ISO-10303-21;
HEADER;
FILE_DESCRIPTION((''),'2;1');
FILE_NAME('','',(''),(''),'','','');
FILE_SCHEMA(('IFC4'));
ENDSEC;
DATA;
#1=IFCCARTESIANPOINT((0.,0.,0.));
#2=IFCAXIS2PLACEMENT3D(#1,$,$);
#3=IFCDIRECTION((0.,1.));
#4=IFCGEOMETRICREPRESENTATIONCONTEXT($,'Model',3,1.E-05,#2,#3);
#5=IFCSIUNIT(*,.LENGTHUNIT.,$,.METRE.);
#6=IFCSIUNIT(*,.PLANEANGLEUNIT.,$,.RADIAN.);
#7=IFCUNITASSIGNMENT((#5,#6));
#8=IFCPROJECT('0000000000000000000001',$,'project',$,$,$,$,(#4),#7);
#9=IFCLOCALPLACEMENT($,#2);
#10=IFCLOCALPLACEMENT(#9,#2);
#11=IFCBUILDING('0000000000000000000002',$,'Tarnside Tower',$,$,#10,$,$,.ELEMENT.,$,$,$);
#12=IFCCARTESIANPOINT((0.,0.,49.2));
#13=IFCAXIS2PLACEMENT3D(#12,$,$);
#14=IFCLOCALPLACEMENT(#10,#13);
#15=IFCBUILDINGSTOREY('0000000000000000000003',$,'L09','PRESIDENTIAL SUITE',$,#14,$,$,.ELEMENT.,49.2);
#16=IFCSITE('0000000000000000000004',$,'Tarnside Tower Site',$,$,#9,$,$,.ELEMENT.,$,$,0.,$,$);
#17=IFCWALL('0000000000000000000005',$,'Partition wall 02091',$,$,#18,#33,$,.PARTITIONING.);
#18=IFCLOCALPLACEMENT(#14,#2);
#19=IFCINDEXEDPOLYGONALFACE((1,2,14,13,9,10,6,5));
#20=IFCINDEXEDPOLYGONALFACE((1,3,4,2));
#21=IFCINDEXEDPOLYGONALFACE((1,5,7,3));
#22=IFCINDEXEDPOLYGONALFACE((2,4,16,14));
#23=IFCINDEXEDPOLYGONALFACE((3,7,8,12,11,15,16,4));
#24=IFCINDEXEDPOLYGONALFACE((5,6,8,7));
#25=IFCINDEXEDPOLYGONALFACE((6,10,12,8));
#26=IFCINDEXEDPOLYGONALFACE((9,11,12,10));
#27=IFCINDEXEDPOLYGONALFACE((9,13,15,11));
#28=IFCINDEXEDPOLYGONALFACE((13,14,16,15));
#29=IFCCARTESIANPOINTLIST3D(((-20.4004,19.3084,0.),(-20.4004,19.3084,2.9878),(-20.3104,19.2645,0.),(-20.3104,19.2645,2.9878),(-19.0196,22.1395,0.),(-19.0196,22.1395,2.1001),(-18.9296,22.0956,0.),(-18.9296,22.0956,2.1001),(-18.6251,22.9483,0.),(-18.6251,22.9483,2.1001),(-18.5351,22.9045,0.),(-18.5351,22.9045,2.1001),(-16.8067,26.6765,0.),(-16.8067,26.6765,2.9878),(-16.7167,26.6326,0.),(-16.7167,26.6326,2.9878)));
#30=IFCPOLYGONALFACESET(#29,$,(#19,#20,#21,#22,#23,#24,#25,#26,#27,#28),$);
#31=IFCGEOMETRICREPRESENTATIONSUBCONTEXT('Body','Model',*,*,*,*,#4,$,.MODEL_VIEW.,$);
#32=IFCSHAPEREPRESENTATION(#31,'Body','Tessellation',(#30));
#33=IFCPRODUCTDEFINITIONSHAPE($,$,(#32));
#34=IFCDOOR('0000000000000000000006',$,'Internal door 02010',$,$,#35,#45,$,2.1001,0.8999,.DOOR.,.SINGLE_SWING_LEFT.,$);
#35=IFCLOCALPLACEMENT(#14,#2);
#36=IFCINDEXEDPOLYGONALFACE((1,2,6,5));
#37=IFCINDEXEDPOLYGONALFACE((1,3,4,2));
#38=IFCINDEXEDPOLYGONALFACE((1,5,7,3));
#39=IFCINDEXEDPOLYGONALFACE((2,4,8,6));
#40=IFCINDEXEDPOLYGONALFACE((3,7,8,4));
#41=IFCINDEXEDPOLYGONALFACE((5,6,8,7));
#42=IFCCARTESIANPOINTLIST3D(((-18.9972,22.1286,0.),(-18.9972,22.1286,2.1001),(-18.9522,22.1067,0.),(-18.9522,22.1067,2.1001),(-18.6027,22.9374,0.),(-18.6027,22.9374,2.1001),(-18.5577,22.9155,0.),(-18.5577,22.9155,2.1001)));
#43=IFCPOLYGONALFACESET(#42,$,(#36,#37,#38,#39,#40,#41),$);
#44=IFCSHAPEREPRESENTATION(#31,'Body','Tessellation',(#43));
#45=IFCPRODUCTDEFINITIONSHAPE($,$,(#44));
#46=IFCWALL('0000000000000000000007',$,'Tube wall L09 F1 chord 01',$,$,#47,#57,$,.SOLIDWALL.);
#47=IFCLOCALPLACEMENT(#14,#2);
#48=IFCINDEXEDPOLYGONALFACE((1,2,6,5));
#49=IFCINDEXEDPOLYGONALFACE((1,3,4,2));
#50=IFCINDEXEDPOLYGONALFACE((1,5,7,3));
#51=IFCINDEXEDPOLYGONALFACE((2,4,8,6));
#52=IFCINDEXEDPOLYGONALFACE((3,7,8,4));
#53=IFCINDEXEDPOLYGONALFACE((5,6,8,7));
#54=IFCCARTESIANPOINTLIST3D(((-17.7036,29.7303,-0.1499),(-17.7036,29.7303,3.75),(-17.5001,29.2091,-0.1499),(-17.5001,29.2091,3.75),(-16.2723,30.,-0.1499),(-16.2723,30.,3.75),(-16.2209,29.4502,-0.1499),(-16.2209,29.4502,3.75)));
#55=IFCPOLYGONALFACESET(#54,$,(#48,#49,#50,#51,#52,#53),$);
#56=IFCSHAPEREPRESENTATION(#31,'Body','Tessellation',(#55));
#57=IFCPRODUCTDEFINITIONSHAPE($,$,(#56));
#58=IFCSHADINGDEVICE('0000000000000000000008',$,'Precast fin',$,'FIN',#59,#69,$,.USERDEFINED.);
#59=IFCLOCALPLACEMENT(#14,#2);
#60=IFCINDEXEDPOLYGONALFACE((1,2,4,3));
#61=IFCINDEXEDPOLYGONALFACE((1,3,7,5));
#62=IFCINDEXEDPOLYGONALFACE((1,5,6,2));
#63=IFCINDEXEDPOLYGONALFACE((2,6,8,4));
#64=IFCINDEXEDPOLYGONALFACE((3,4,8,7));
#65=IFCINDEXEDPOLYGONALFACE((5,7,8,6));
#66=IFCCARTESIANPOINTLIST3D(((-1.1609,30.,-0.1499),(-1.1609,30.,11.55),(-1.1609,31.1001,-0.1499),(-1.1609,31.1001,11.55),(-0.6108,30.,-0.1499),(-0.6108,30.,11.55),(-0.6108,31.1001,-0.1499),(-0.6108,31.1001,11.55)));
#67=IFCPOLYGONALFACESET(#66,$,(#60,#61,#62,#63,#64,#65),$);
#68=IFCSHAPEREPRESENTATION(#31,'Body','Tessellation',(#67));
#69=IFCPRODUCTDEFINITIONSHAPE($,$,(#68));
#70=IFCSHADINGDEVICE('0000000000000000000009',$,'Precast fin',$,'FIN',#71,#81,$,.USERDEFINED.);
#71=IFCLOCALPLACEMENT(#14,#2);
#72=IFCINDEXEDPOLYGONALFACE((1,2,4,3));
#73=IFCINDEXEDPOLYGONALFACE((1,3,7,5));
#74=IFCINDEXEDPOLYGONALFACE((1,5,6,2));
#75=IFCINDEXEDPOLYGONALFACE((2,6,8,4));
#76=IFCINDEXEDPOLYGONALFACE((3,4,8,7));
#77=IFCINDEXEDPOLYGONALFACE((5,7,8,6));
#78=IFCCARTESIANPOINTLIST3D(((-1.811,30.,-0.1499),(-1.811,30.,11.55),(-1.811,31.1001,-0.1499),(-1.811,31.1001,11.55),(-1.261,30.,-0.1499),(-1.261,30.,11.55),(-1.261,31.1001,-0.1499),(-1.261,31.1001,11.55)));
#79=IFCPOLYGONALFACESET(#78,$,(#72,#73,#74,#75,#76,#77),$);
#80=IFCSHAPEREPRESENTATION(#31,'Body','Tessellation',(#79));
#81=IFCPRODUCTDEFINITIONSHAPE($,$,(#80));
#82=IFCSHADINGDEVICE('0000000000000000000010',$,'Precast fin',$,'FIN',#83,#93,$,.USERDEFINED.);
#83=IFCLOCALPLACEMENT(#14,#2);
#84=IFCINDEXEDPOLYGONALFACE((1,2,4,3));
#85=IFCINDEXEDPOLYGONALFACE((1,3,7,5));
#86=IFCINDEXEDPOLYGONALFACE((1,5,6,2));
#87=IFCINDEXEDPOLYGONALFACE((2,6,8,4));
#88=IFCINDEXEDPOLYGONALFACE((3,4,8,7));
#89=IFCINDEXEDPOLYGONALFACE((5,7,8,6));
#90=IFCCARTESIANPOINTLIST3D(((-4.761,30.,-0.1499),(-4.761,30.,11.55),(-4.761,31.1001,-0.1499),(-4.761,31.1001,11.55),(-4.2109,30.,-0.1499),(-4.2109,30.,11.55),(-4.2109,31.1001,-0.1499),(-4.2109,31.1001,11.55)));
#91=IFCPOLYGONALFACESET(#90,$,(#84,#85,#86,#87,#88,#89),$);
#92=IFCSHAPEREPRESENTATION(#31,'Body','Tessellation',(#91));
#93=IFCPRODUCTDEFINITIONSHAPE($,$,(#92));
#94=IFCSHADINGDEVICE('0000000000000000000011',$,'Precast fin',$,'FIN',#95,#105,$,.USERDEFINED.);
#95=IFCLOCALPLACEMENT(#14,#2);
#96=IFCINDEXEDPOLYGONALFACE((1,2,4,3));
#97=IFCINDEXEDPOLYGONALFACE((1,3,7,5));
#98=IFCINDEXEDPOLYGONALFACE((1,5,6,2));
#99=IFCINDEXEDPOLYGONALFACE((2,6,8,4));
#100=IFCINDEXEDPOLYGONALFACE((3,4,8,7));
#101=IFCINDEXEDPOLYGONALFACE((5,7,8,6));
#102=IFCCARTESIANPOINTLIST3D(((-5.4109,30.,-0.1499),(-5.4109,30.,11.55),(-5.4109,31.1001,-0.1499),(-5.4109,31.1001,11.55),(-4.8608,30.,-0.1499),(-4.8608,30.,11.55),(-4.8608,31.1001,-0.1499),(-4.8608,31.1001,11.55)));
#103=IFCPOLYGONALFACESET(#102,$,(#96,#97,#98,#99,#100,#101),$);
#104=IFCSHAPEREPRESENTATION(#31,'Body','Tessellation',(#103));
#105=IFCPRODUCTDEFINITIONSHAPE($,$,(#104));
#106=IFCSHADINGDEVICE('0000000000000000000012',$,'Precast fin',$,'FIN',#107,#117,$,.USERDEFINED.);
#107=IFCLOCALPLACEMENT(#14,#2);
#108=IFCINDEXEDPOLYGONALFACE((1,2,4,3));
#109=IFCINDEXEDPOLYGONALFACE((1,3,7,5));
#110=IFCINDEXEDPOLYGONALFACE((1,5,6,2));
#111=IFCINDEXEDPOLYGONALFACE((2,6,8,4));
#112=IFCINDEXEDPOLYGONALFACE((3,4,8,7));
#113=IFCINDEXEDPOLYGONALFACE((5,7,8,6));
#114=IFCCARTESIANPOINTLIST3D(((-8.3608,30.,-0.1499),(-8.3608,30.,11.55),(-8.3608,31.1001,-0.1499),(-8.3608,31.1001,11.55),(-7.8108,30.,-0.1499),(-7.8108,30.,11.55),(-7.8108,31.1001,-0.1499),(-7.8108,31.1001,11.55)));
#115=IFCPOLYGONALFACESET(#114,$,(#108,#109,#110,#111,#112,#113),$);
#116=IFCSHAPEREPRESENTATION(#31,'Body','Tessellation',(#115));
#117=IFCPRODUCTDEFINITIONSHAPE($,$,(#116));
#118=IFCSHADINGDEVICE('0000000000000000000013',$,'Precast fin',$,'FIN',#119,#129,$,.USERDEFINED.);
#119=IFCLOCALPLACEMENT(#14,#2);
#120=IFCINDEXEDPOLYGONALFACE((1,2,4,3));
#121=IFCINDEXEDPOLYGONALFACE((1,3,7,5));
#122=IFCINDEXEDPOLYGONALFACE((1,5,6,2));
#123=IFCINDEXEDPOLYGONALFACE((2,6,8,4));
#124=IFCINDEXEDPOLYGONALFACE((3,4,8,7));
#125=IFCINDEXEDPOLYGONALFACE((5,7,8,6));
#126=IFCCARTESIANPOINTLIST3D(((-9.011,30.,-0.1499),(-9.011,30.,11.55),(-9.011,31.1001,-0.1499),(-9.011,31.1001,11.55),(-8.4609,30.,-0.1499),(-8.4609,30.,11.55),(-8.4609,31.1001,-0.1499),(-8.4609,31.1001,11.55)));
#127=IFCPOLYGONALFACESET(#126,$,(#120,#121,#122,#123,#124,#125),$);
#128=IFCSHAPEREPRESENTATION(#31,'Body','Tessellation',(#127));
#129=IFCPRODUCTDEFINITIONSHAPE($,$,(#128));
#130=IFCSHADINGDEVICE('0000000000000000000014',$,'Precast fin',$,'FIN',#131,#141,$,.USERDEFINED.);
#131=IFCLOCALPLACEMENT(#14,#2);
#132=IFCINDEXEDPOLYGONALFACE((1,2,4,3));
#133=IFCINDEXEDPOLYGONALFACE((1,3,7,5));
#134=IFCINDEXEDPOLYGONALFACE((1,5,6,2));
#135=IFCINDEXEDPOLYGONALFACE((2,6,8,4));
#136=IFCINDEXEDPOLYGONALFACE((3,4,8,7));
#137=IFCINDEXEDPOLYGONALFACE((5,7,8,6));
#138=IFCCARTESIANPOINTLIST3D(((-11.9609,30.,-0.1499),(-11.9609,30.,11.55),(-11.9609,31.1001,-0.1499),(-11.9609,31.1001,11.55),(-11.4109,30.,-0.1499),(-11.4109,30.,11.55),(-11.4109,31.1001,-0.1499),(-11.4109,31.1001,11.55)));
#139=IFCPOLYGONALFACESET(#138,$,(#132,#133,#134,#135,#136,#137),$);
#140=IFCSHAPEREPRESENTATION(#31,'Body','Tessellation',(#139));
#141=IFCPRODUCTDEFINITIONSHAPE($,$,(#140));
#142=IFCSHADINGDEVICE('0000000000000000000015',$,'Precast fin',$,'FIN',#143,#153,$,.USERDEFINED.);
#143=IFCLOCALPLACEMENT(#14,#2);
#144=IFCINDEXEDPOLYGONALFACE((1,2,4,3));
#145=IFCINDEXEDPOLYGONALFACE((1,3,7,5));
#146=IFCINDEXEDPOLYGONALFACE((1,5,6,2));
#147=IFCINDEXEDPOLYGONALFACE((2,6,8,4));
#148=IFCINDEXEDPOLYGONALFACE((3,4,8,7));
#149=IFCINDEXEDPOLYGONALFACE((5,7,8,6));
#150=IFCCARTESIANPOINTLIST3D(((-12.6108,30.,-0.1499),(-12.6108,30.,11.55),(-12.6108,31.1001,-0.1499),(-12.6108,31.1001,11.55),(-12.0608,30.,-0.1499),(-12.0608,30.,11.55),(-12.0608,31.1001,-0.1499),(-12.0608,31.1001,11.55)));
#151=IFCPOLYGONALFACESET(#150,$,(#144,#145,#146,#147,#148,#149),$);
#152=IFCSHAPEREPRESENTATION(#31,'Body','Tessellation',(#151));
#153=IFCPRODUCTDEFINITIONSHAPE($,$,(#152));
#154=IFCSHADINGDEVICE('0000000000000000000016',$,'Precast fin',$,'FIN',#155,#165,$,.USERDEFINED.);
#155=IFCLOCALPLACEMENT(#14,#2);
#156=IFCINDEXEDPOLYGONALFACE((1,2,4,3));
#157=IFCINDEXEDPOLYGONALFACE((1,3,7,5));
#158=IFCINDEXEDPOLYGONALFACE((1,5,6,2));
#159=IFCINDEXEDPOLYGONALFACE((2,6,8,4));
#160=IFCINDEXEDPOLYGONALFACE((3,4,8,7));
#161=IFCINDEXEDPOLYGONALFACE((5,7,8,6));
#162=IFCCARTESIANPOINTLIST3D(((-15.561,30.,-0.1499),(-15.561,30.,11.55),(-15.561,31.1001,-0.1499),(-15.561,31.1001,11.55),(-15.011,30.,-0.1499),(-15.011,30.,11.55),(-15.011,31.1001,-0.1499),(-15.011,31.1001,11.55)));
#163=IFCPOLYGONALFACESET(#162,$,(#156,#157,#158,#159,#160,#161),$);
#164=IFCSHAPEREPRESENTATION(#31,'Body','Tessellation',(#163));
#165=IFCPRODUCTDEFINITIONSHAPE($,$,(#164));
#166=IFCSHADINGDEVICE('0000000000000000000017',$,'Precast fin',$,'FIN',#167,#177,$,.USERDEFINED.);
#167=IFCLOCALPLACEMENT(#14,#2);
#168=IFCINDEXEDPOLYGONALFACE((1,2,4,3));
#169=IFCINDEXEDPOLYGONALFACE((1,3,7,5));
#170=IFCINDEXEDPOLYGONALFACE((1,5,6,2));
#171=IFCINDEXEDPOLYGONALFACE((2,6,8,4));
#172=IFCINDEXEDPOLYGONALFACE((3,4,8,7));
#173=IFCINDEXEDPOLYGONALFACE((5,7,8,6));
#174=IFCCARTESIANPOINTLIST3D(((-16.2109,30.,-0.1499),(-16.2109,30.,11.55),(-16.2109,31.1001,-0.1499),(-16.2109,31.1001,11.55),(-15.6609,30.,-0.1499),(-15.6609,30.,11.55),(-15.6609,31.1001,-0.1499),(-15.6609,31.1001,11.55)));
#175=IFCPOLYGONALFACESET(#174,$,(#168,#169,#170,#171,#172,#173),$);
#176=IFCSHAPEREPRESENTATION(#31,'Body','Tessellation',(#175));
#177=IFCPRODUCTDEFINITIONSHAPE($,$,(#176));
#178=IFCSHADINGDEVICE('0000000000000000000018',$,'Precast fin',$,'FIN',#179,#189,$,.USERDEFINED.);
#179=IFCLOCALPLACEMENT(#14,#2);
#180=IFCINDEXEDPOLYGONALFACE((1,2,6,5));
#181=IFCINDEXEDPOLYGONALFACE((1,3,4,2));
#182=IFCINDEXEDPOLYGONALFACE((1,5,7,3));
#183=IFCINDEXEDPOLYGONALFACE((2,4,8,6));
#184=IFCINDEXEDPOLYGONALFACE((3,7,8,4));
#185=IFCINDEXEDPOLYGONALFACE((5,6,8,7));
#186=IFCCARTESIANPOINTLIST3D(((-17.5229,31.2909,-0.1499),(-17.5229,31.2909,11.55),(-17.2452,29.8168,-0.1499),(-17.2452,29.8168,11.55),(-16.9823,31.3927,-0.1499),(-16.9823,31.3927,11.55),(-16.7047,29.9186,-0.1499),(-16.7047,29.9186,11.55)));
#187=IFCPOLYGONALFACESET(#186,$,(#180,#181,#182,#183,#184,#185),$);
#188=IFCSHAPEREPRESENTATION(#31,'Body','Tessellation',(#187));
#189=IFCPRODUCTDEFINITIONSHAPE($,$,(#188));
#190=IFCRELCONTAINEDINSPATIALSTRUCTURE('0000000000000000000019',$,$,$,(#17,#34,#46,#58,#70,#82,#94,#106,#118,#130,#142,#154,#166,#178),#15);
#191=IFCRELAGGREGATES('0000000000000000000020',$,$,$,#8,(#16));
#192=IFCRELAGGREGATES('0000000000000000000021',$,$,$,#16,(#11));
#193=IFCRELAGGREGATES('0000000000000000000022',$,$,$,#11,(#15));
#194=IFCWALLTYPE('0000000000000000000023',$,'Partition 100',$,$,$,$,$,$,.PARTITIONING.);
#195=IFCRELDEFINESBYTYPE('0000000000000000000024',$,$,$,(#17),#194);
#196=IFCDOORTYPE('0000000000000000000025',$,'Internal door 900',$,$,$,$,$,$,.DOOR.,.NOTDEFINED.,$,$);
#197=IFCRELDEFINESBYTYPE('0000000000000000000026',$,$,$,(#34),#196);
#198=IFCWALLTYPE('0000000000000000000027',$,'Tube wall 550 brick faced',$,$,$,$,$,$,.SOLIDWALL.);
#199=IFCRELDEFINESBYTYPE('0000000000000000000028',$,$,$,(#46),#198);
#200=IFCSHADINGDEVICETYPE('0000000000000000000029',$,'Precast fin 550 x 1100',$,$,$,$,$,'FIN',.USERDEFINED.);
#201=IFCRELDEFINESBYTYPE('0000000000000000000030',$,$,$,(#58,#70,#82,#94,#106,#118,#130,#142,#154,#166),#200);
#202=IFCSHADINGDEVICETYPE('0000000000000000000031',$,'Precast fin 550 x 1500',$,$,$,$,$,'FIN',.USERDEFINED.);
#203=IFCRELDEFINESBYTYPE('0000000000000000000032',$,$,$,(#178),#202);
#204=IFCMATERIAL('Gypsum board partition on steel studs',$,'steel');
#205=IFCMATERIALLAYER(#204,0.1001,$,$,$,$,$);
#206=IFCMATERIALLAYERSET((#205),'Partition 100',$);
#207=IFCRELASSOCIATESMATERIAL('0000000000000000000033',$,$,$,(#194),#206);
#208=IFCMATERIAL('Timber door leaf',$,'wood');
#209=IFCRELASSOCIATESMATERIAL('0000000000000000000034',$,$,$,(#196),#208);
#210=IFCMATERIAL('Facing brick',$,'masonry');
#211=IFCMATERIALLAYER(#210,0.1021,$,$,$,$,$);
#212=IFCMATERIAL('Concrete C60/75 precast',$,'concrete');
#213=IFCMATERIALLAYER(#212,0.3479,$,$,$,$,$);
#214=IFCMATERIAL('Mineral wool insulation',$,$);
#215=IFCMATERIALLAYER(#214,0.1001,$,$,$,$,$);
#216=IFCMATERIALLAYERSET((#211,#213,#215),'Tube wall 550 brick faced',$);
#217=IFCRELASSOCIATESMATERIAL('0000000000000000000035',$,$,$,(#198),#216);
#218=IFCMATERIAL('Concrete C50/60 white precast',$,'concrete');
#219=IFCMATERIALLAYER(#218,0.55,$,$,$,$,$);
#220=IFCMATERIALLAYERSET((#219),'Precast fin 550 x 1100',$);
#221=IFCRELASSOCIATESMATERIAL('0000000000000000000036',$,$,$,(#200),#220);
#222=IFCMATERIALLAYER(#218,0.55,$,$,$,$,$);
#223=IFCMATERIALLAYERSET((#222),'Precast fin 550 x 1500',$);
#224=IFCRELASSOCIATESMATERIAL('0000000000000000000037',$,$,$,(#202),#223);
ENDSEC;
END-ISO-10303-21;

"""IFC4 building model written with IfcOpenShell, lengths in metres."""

from ifc_helpers import new_model, si_unit, direction, frame, frame_2d, origin, place, context, subcontext, project, spatial, polyline, rectangle, outline, extrude, material, layer, layer_set, type_object, element, fill, save


model = new_model("IFC4")

# Units and contexts
model_context = context("Model", 3, precision=1e-05, world=origin(), true_north=direction((0.0, 1.0)))
body_context = subcontext(model_context, "Body", "Model", "MODEL_VIEW")
ifc_project = project(units=[si_unit("LENGTHUNIT", "METRE"), si_unit("PLANEANGLEUNIT", "RADIAN")], contexts=[model_context])

# Site, building, storey
site_placement = place(None, origin())
site = spatial("IfcSite", under=ifc_project, at=site_placement, Name="Tarnside Tower Site", CompositionType="ELEMENT", RefElevation=0.0)
building_placement = place(site_placement, origin())
building = spatial("IfcBuilding", under=site, at=building_placement, Name="Tarnside Tower", CompositionType="ELEMENT")
storey_placement = place(building_placement, frame((0.0, 0.0, 49.2)))
storey = spatial("IfcBuildingStorey", under=building, at=storey_placement, Name="L09", Description="PRESIDENTIAL SUITE", CompositionType="ELEMENT", Elevation=49.2)

# Shared definitions
ifc_material_1 = material(Name="Gypsum board partition on steel studs", Category="steel")

# Shared definitions
ifc_material_2 = material(Name="Timber door leaf", Category="wood")

# Shared definitions
ifc_layer_1 = layer(ifc_material_1, 0.1001)
ifc_layer_set_1 = layer_set([ifc_layer_1], Name="Partition 100")
wall_type_1 = type_object("IfcWallType", Name="Partition 100", PredefinedType="PARTITIONING", material=ifc_layer_set_1)

# Shared definitions
door_type_1 = type_object("IfcDoorType", Name="Internal door 900", OperationType="NOTDEFINED", PredefinedType="DOOR", material=ifc_material_2)

# Wall, opening, door
wall_1_placement = place(storey_placement, frame((-16.7617, 26.6545, 0.0), z_axis=(0.0, 0.0, 1.0), x_axis=(-0.438377, -0.898791, 0.0)))
wall_1 = element("IfcWall", 1, at=wall_1_placement, inside=storey, type_object=wall_type_1, Name="Partition wall 02091", PredefinedType="PARTITIONING", context=body_context, shape_type="SweptSolid", body=[
    extrude(rectangle(XDim=8.1978, YDim=0.1001, at=frame_2d((4.0989, 0.0))), origin(), (0.0, 0.0, 1.0), 2.9878),
])
opening_1_placement = place(wall_1_placement, frame((4.1479, 0.0, 0.0)))
opening_1 = element("IfcOpeningElement", 2, at=opening_1_placement, cuts=wall_1, PredefinedType="OPENING", context=body_context, shape_type="SweptSolid", body=[
    extrude(rectangle(XDim=0.8999, YDim=2.1001, at=frame_2d((0.45, 1.05))), frame((0.0, 0.0601, 0.0), z_axis=(0.0, -1.0, 0.0), x_axis=(1.0, 0.0, 0.0)), (0.0, 0.0, 1.0), 0.1201),
])
door_1_placement = place(opening_1_placement, origin())
door_1 = element("IfcDoor", 3, at=door_1_placement, inside=storey, type_object=door_type_1, Name="Internal door 02010", OperationType="SINGLE_SWING_LEFT", OverallHeight=2.1001, OverallWidth=0.8999, PredefinedType="DOOR", context=body_context, shape_type="SweptSolid", body=[
    extrude(rectangle(XDim=0.8999, YDim=2.1001, at=frame_2d((0.45, 1.05))), frame((0.0, 0.0249, 0.0), z_axis=(0.0, -1.0, 0.0), x_axis=(1.0, 0.0, 0.0)), (0.0, 0.0, 1.0), 0.05),
])
fill(opening_1, door_1)

# Wall
ifc_material_3 = material(Name="Facing brick", Category="masonry")
ifc_layer_2 = layer(ifc_material_3, 0.1021)
ifc_material_4 = material(Name="Concrete C60/75 precast", Category="concrete")
ifc_layer_3 = layer(ifc_material_4, 0.3479)
ifc_material_5 = material(Name="Mineral wool insulation")
ifc_layer_4 = layer(ifc_material_5, 0.1001)
ifc_layer_set_2 = layer_set([ifc_layer_2, ifc_layer_3, ifc_layer_4], Name="Tube wall 550 brick faced")
wall_type_2 = type_object("IfcWallType", Name="Tube wall 550 brick faced", PredefinedType="SOLIDWALL", material=ifc_layer_set_2)
wall_2_placement = place(storey_placement, frame((-16.2466, 29.7251, -0.1499), z_axis=(0.0, 0.0, 1.0), x_axis=(-0.982705, -0.185176, 0.0)))
element("IfcWall", 4, at=wall_2_placement, inside=storey, type_object=wall_type_2, Name="Tube wall L09 F1 chord 01", PredefinedType="SOLIDWALL", context=body_context, shape_type="SweptSolid", body=[
    extrude(outline(polyline([(-0.0256, -0.2749), (1.4309, -0.2749), (1.3274, 0.2749), (0.0256, 0.2749), (-0.0256, -0.2749)])), origin(), (0.0, 0.0, 1.0), 3.8999),
])

# Shading devices
ifc_material_6 = material(Name="Concrete C50/60 white precast", Category="concrete")
ifc_layer_5 = layer(ifc_material_6, 0.55)
ifc_layer_set_3 = layer_set([ifc_layer_5], Name="Precast fin 550 x 1100")
shading_device_type_1 = type_object("IfcShadingDeviceType", Name="Precast fin 550 x 1100", ElementType="FIN", PredefinedType="USERDEFINED", material=ifc_layer_set_3)
for number, where, z_axis, x_axis, name in (
    (5, (-0.886, 30.0, -0.1499), (1.0, 0.0, 0.0), (0.0, 1.0, 0.0), "Precast fin"),
    (6, (-1.5361, 30.0, -0.1499), (1.0, 0.0, 0.0), (0.0, 1.0, 0.0), "Precast fin"),
    (7, (-4.4861, 30.0, -0.1499), (1.0, 0.0, 0.0), (0.0, 1.0, 0.0), "Precast fin"),
    (8, (-5.136, 30.0, -0.1499), (1.0, 0.0, 0.0), (0.0, 1.0, 0.0), "Precast fin"),
    (9, (-8.0859, 30.0, -0.1499), (1.0, 0.0, 0.0), (0.0, 1.0, 0.0), "Precast fin"),
    (10, (-8.7361, 30.0, -0.1499), (1.0, 0.0, 0.0), (0.0, 1.0, 0.0), "Precast fin"),
    (11, (-11.686, 30.0, -0.1499), (1.0, 0.0, 0.0), (0.0, 1.0, 0.0), "Precast fin"),
    (12, (-12.3359, 30.0, -0.1499), (1.0, 0.0, 0.0), (0.0, 1.0, 0.0), "Precast fin"),
    (13, (-15.2861, 30.0, -0.1499), (1.0, 0.0, 0.0), (0.0, 1.0, 0.0), "Precast fin"),
    (14, (-15.936, 30.0, -0.1499), (1.0, 0.0, 0.0), (0.0, 1.0, 0.0), "Precast fin"),
):
    element("IfcShadingDevice", number, at=place(storey_placement, frame(where, z_axis=z_axis, x_axis=x_axis)), inside=storey, type_object=shading_device_type_1, Name=name, ObjectType="FIN", PredefinedType="USERDEFINED", context=body_context, shape_type="SweptSolid", body=[
        extrude(outline(polyline([(0.0, 0.0), (1.1001, 0.0), (1.1001, 11.7), (0.0, 11.7), (0.0, 0.0)])), frame((0.0, 0.0, -0.2749)), (0.0, 0.0, 1.0), 0.55),
    ])
ifc_layer_6 = layer(ifc_material_6, 0.55)
ifc_layer_set_4 = layer_set([ifc_layer_6], Name="Precast fin 550 x 1500")
shading_device_type_2 = type_object("IfcShadingDeviceType", Name="Precast fin 550 x 1500", ElementType="FIN", PredefinedType="USERDEFINED", material=ifc_layer_set_4)
shading_device_placement = place(storey_placement, frame((-16.9751, 29.8677, -0.1499), z_axis=(0.982721, 0.185095, 0.0), x_axis=(-0.185095, 0.982721, 0.0)))
element("IfcShadingDevice", 15, at=shading_device_placement, inside=storey, type_object=shading_device_type_2, Name="Precast fin", ObjectType="FIN", PredefinedType="USERDEFINED", context=body_context, shape_type="SweptSolid", body=[
    extrude(outline(polyline([(0.0, 0.0), (1.5, 0.0), (1.5, 11.7), (0.0, 11.7), (0.0, 0.0)])), frame((0.0, 0.0, -0.2749)), (0.0, 0.0, 1.0), 0.55),
])

save(model, "model.ifc")
